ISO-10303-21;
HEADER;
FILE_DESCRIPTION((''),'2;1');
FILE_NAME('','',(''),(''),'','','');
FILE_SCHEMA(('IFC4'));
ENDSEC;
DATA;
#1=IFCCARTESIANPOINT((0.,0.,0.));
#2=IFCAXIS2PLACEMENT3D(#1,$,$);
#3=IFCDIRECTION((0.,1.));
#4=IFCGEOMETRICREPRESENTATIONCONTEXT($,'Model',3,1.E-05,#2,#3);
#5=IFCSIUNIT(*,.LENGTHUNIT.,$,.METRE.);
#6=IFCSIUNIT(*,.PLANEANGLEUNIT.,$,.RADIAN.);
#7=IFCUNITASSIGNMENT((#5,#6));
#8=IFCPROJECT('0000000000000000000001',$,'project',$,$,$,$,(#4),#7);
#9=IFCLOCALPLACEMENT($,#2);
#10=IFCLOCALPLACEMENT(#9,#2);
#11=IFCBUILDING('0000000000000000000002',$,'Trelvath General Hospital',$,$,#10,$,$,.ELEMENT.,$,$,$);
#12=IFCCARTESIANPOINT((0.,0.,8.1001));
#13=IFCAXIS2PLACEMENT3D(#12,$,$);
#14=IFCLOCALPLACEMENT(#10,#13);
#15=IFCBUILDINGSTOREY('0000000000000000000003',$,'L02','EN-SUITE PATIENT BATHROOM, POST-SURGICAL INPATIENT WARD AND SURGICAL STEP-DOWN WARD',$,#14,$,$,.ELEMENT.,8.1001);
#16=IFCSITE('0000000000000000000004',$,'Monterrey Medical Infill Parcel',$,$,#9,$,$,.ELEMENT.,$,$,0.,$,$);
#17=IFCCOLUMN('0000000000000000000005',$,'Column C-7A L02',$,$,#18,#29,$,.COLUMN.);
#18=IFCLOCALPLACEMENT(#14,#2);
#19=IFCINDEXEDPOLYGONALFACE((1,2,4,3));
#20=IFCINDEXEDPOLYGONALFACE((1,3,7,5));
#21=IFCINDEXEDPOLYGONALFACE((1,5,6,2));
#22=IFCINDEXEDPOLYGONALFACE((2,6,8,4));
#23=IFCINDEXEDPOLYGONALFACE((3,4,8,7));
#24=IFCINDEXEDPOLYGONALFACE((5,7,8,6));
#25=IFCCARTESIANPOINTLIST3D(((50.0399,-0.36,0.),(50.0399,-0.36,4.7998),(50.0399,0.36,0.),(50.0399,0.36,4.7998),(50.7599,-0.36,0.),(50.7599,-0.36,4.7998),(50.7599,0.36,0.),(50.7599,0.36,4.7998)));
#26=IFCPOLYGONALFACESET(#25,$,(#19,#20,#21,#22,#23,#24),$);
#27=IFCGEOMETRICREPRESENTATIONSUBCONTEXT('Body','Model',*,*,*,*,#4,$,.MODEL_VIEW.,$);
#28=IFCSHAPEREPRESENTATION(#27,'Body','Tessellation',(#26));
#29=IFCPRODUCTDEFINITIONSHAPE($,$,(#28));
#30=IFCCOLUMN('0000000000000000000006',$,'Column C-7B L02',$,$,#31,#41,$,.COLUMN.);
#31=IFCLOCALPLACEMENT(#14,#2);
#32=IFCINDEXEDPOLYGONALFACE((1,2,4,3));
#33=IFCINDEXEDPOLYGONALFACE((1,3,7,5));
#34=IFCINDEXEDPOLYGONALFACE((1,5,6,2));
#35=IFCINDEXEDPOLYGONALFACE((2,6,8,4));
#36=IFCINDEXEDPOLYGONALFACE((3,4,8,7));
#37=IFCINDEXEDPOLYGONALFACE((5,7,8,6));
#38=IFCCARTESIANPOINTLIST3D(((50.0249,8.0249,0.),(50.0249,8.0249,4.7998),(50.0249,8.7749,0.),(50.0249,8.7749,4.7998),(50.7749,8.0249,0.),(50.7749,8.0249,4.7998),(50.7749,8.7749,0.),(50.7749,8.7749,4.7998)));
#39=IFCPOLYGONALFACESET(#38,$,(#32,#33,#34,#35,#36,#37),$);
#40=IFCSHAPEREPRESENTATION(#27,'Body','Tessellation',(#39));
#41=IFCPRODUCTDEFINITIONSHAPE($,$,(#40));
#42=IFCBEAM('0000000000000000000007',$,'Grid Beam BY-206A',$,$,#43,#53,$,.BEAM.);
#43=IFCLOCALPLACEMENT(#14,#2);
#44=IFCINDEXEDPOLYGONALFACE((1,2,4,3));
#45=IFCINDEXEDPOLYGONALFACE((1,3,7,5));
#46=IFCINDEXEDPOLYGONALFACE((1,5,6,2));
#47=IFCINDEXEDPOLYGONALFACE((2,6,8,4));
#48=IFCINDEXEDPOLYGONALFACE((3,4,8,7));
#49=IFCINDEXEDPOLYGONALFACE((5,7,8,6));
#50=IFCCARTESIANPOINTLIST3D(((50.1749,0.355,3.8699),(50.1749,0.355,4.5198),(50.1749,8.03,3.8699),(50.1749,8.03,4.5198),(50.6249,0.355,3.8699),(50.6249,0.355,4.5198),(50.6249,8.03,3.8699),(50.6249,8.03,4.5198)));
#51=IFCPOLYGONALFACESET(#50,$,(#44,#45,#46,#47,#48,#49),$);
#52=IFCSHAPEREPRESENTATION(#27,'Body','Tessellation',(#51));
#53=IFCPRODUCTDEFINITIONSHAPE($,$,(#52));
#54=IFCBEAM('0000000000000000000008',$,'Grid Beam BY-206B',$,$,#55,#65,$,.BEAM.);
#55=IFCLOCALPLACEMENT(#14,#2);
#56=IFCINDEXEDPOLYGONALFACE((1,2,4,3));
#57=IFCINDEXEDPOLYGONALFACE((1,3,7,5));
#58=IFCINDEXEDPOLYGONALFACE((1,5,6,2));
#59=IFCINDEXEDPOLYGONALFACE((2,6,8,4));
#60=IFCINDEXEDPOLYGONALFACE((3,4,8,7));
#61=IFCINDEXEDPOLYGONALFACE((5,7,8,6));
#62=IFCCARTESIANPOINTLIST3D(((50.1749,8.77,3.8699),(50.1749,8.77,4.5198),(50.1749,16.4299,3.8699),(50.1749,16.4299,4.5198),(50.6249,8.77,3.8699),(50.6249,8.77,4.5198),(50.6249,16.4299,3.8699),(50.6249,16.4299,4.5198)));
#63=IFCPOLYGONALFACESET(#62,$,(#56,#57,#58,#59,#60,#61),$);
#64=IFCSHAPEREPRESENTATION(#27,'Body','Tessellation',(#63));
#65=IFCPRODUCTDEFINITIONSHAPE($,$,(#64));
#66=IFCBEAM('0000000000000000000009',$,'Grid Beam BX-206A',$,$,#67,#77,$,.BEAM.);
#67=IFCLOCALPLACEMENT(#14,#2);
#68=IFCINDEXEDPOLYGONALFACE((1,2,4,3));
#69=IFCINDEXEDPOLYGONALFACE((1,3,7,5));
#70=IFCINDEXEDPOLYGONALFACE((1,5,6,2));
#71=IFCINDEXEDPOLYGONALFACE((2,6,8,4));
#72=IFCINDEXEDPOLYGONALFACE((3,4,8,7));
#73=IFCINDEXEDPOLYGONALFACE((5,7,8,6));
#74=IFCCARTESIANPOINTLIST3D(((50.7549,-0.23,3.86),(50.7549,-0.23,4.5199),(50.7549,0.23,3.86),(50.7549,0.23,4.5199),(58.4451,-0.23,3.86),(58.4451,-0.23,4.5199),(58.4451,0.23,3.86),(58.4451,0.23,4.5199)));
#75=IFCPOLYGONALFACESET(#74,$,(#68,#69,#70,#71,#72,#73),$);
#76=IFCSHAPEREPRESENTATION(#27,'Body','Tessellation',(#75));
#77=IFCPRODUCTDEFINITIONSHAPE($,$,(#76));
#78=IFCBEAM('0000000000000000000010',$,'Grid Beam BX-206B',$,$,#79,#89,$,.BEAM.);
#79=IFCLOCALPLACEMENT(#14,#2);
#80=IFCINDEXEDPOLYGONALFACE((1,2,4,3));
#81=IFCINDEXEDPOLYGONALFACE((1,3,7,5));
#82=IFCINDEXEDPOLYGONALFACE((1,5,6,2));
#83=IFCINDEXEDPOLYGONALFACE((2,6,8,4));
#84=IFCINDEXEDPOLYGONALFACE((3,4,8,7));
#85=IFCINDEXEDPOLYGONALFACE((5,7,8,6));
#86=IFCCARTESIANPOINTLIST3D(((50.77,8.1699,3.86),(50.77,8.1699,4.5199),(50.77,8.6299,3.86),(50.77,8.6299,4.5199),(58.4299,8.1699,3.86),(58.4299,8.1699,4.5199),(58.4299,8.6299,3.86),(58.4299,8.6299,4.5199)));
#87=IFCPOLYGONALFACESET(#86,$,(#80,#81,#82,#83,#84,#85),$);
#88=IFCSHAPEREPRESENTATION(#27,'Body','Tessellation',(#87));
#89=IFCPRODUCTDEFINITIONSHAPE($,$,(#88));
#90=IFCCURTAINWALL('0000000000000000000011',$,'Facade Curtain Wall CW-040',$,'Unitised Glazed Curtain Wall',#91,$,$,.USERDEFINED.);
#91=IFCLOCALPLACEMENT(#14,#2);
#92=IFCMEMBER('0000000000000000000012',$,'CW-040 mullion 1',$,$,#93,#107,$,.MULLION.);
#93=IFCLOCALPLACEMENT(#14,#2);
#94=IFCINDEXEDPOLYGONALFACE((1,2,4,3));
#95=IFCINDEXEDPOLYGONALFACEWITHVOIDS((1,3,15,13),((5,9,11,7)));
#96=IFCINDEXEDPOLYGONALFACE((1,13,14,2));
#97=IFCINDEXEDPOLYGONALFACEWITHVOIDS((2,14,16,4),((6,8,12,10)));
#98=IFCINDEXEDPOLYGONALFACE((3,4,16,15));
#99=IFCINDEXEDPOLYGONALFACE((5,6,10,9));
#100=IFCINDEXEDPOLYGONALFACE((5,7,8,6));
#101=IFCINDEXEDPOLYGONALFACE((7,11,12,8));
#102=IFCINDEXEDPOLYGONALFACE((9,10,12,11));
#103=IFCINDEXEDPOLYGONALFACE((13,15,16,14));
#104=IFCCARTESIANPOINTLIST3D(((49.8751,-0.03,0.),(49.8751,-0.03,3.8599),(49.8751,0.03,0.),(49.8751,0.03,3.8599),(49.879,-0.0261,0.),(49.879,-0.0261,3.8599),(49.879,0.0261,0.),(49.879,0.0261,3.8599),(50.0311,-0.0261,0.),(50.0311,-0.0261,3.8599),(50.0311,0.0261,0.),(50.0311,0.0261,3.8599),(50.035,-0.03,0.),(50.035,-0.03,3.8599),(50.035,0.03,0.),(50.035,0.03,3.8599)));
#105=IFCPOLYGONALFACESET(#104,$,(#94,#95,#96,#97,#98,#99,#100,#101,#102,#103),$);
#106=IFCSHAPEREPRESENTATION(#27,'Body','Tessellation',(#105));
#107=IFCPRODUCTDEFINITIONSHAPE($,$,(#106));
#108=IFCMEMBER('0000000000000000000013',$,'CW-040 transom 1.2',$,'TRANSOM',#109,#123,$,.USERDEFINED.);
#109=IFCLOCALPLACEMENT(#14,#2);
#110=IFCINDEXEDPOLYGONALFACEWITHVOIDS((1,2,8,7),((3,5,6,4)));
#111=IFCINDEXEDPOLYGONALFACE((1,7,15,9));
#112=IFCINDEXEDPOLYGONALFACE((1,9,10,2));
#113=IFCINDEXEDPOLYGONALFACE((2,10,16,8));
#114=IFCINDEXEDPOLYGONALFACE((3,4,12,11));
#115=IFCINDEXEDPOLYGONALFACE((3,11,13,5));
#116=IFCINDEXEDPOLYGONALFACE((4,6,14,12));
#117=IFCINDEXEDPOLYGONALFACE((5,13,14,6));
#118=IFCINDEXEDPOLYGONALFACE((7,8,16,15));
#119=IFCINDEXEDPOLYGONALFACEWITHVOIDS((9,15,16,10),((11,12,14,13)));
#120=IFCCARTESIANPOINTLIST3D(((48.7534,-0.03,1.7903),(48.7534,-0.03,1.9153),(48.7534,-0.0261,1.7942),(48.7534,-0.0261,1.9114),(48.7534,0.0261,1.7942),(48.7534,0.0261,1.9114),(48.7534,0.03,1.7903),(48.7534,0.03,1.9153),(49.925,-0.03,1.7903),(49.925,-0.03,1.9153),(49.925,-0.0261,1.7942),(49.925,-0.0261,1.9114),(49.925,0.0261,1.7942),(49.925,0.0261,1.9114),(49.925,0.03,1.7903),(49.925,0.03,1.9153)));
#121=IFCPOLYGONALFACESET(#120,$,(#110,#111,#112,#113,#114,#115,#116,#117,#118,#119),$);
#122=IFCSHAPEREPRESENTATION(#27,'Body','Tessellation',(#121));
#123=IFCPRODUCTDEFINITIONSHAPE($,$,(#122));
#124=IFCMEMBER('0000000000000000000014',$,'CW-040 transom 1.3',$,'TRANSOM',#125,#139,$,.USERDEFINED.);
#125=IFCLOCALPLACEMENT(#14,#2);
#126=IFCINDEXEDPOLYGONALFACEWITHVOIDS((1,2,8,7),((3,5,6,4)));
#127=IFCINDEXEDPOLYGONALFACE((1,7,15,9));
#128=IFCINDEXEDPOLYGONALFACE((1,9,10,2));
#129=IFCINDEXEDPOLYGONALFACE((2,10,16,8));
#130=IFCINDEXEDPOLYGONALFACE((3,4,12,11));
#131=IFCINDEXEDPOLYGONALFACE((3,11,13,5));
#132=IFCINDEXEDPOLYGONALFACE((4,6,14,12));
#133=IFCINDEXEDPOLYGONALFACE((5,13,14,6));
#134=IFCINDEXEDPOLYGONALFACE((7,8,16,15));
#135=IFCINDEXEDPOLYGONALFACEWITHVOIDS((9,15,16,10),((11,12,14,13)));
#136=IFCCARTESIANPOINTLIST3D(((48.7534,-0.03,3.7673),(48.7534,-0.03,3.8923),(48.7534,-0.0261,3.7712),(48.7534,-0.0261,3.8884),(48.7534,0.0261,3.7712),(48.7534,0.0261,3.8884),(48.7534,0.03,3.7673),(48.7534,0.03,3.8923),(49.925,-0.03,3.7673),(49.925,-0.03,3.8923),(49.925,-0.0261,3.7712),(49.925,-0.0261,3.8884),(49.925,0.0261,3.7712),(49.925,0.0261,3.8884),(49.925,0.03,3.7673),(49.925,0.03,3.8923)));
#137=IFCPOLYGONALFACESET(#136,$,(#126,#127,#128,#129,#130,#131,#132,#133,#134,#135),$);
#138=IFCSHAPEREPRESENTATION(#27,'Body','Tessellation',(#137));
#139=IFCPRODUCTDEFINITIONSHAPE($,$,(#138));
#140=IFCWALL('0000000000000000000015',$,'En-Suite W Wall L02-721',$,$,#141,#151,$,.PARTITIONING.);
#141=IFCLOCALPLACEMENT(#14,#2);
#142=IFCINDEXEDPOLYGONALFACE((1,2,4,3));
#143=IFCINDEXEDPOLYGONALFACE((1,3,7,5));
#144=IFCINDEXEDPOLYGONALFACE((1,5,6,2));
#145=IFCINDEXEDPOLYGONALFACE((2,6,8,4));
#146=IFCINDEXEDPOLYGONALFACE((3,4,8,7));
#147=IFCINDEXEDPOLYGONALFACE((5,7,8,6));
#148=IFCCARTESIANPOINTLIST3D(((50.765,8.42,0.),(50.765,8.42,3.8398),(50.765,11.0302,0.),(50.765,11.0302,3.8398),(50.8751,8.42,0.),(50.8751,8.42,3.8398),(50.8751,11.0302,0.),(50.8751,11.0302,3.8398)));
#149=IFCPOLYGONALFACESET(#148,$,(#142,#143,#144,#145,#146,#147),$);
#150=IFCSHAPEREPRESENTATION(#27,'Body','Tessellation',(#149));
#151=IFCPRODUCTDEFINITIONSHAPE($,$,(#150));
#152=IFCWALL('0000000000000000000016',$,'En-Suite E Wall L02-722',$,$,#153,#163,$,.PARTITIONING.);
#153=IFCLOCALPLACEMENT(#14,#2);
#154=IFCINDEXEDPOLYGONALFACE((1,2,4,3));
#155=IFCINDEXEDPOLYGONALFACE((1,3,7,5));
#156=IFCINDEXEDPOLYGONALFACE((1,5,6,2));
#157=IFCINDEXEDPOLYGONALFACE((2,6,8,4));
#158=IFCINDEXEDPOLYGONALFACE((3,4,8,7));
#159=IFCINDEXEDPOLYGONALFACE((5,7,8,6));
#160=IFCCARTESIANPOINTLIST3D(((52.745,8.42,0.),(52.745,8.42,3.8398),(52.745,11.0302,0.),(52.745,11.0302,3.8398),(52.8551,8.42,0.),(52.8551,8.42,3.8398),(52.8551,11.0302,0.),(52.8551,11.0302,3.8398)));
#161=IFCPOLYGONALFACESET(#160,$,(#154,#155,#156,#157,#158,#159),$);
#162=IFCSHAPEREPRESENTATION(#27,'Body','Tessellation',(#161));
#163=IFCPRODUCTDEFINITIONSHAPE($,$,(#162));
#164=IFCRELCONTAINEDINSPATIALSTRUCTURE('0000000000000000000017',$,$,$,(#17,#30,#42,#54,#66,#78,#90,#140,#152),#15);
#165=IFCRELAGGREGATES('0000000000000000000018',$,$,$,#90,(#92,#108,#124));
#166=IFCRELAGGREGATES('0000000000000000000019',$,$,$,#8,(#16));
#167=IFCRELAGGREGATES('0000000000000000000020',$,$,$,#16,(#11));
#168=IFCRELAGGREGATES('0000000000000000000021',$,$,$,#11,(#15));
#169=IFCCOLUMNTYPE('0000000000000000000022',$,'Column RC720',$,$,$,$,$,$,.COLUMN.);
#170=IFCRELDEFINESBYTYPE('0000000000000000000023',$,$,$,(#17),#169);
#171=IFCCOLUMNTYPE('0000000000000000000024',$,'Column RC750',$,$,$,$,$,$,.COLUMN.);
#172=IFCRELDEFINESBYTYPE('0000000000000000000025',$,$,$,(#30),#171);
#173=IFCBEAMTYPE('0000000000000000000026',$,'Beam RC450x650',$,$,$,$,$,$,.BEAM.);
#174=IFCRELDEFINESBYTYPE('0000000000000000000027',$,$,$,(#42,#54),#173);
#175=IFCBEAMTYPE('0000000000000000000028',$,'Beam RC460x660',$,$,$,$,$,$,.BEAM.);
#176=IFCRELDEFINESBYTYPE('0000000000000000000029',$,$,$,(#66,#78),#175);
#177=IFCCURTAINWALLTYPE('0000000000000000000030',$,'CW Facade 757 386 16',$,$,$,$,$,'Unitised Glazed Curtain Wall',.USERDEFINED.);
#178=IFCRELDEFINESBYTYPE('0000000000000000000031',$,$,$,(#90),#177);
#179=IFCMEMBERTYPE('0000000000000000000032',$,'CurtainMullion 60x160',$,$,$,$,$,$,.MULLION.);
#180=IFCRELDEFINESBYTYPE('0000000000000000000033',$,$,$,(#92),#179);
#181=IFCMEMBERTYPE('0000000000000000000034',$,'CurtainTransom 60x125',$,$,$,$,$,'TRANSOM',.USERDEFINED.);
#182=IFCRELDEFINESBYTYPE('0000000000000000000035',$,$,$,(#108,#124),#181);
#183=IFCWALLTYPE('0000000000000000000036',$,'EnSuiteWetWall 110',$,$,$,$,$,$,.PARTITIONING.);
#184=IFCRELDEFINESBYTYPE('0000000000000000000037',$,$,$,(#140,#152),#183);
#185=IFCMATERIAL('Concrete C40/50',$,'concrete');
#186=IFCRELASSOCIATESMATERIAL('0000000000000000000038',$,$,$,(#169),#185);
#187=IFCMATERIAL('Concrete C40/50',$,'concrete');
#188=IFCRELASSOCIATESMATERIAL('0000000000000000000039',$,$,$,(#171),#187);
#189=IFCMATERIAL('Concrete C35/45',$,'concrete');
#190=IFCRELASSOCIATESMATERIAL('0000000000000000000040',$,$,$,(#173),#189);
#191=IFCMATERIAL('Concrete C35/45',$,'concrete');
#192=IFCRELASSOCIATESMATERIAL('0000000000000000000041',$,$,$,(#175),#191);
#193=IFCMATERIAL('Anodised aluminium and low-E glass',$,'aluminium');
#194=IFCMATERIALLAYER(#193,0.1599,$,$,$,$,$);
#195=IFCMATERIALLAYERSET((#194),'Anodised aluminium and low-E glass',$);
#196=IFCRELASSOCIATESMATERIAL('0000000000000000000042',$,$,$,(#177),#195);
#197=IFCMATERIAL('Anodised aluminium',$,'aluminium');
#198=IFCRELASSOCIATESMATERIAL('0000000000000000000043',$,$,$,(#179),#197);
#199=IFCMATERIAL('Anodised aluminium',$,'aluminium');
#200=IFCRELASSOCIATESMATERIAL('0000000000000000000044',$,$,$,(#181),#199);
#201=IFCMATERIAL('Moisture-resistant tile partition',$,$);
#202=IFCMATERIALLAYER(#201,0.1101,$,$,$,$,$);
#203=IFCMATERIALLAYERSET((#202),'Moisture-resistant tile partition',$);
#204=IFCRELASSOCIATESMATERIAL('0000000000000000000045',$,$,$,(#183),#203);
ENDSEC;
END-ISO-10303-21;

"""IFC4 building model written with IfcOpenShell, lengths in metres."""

from ifc_helpers import new_model, si_unit, direction, frame, frame_2d, origin, origin_2d, place, context, subcontext, project, spatial, rectangle, hollow_rectangle, extrude, material, layer, layer_set, material_profile, profile_set, type_object, element, aggregate, save


model = new_model("IFC4")

# Units and contexts
model_context = context("Model", 3, precision=1e-05, world=origin(), true_north=direction((0.0, 1.0)))
body_context = subcontext(model_context, "Body", "Model", "MODEL_VIEW")
ifc_project = project(units=[si_unit("LENGTHUNIT", "METRE"), si_unit("PLANEANGLEUNIT", "RADIAN")], contexts=[model_context])

# Site, building, storey
site_placement = place(None, origin())
site = spatial("IfcSite", under=ifc_project, at=site_placement, Name="Monterrey Medical Infill Parcel", CompositionType="ELEMENT", RefElevation=0.0)
building_placement = place(site_placement, origin())
building = spatial("IfcBuilding", under=site, at=building_placement, Name="Trelvath General Hospital", CompositionType="ELEMENT")
storey_placement = place(building_placement, frame((0.0, 0.0, 8.1001)))
storey = spatial("IfcBuildingStorey", under=building, at=storey_placement, Name="L02", Description="EN-SUITE PATIENT BATHROOM, POST-SURGICAL INPATIENT WARD AND SURGICAL STEP-DOWN WARD", CompositionType="ELEMENT", Elevation=8.1001)

# Columns
ifc_material_1 = material(Name="Concrete C40/50", Category="concrete")
ifc_material_profile_1 = material_profile(ifc_material_1, rectangle(XDim=0.72, YDim=0.72, at=origin_2d()), Name="RC720x720")
ifc_profile_set_1 = profile_set([ifc_material_profile_1], Name="Concrete C40/50")
column_type_1 = type_object("IfcColumnType", Name="Column RC720", PredefinedType="COLUMN", material=ifc_profile_set_1)
column_1_placement = place(storey_placement, frame((50.3999, 0.0, 0.0), z_axis=(0.0, 0.0, 1.0), x_axis=(1.0, 0.0, 0.0)))
element("IfcColumn", 1, at=column_1_placement, inside=storey, type_object=column_type_1, Name="Column C-7A L02", PredefinedType="COLUMN", context=body_context, shape_type="SweptSolid", body=[
    extrude(rectangle(XDim=0.72, YDim=0.72, at=origin_2d()), origin(), (0.0, 0.0, 1.0), 4.7998),
])
ifc_material_2 = material(Name="Concrete C40/50", Category="concrete")
ifc_material_profile_2 = material_profile(ifc_material_2, rectangle(XDim=0.75, YDim=0.75, at=origin_2d()), Name="RC750x750")
ifc_profile_set_2 = profile_set([ifc_material_profile_2], Name="Concrete C40/50")
column_type_2 = type_object("IfcColumnType", Name="Column RC750", PredefinedType="COLUMN", material=ifc_profile_set_2)
column_2_placement = place(storey_placement, frame((50.3999, 8.3999, 0.0), z_axis=(0.0, 0.0, 1.0), x_axis=(1.0, 0.0, 0.0)))
element("IfcColumn", 2, at=column_2_placement, inside=storey, type_object=column_type_2, Name="Column C-7B L02", PredefinedType="COLUMN", context=body_context, shape_type="SweptSolid", body=[
    extrude(rectangle(XDim=0.75, YDim=0.75, at=origin_2d()), origin(), (0.0, 0.0, 1.0), 4.7998),
])

# Beams
ifc_material_3 = material(Name="Concrete C35/45", Category="concrete")
ifc_material_profile_3 = material_profile(ifc_material_3, rectangle(XDim=0.45, YDim=0.6499, at=origin_2d()), Name="RCB450x650")
ifc_profile_set_3 = profile_set([ifc_material_profile_3], Name="Concrete C35/45")
beam_type_1 = type_object("IfcBeamType", Name="Beam RC450x650", PredefinedType="BEAM", material=ifc_profile_set_3)
beam_1_placement = place(storey_placement, frame((50.3999, 0.355, 4.1948), z_axis=(0.0, 1.0, 0.0), x_axis=(-1.0, 0.0, 0.0)))
element("IfcBeam", 3, at=beam_1_placement, inside=storey, type_object=beam_type_1, Name="Grid Beam BY-206A", PredefinedType="BEAM", context=body_context, shape_type="SweptSolid", body=[
    extrude(rectangle(XDim=0.45, YDim=0.6499, at=origin_2d()), origin(), (0.0, 0.0, 1.0), 7.675),
])
beam_2_placement = place(storey_placement, frame((50.3999, 8.77, 4.1948), z_axis=(0.0, 1.0, 0.0), x_axis=(-1.0, 0.0, 0.0)))
element("IfcBeam", 4, at=beam_2_placement, inside=storey, type_object=beam_type_1, Name="Grid Beam BY-206B", PredefinedType="BEAM", context=body_context, shape_type="SweptSolid", body=[
    extrude(rectangle(XDim=0.45, YDim=0.6499, at=origin_2d()), origin(), (0.0, 0.0, 1.0), 7.6599),
])
ifc_material_4 = material(Name="Concrete C35/45", Category="concrete")
ifc_material_profile_4 = material_profile(ifc_material_4, rectangle(XDim=0.46, YDim=0.6599, at=origin_2d()), Name="RCB460x660")
ifc_profile_set_4 = profile_set([ifc_material_profile_4], Name="Concrete C35/45")
beam_type_2 = type_object("IfcBeamType", Name="Beam RC460x660", PredefinedType="BEAM", material=ifc_profile_set_4)
beam_3_placement = place(storey_placement, frame((50.7549, 0.0, 4.1899), z_axis=(1.0, 0.0, 0.0), x_axis=(0.0, 1.0, 0.0)))
element("IfcBeam", 5, at=beam_3_placement, inside=storey, type_object=beam_type_2, Name="Grid Beam BX-206A", PredefinedType="BEAM", context=body_context, shape_type="SweptSolid", body=[
    extrude(rectangle(XDim=0.46, YDim=0.6599, at=origin_2d()), origin(), (0.0, 0.0, 1.0), 7.6902),
])
beam_4_placement = place(storey_placement, frame((50.77, 8.3999, 4.1899), z_axis=(1.0, 0.0, 0.0), x_axis=(0.0, 1.0, 0.0)))
element("IfcBeam", 6, at=beam_4_placement, inside=storey, type_object=beam_type_2, Name="Grid Beam BX-206B", PredefinedType="BEAM", context=body_context, shape_type="SweptSolid", body=[
    extrude(rectangle(XDim=0.46, YDim=0.6599, at=origin_2d()), origin(), (0.0, 0.0, 1.0), 7.6599),
])

# Curtain wall, members
ifc_material_5 = material(Name="Anodised aluminium and low-E glass", Category="aluminium")
ifc_layer_1 = layer(ifc_material_5, 0.1599)
ifc_layer_set_1 = layer_set([ifc_layer_1], Name="Anodised aluminium and low-E glass")
curtain_wall_type = type_object("IfcCurtainWallType", Name="CW Facade 757 386 16", ElementType="Unitised Glazed Curtain Wall", PredefinedType="USERDEFINED", material=ifc_layer_set_1)
curtain_wall_placement = place(storey_placement, origin())
curtain_wall = element("IfcCurtainWall", 7, at=curtain_wall_placement, inside=storey, type_object=curtain_wall_type, Name="Facade Curtain Wall CW-040", ObjectType="Unitised Glazed Curtain Wall", PredefinedType="USERDEFINED")
ifc_material_6 = material(Name="Anodised aluminium", Category="aluminium")
ifc_material_profile_5 = material_profile(ifc_material_6, hollow_rectangle(XDim=0.0601, YDim=0.1599, WallThickness=0.0039, at=origin_2d()), Name="RHS60x160x4")
ifc_profile_set_5 = profile_set([ifc_material_profile_5], Name="Anodised aluminium")
member_type_1 = type_object("IfcMemberType", Name="CurtainMullion 60x160", PredefinedType="MULLION", material=ifc_profile_set_5)
member_1_placement = place(storey_placement, frame((49.9551, 0.0, 0.0), z_axis=(0.0, 0.0, 1.0), x_axis=(0.0, -1.0, 0.0)))
member_1 = element("IfcMember", 8, at=member_1_placement, type_object=member_type_1, Name="CW-040 mullion 1", PredefinedType="MULLION", context=body_context, shape_type="SweptSolid", body=[
    extrude(hollow_rectangle(XDim=0.0601, YDim=0.1599, WallThickness=0.0039, at=origin_2d()), origin(), (0.0, 0.0, 1.0), 3.8599),
])
ifc_material_7 = material(Name="Anodised aluminium", Category="aluminium")
ifc_material_profile_6 = material_profile(ifc_material_7, hollow_rectangle(XDim=0.0601, YDim=0.125, WallThickness=0.0039, at=origin_2d()), Name="RHS60x125x4")
ifc_profile_set_6 = profile_set([ifc_material_profile_6], Name="Anodised aluminium")
member_type_2 = type_object("IfcMemberType", Name="CurtainTransom 60x125", ElementType="TRANSOM", PredefinedType="USERDEFINED", material=ifc_profile_set_6)
member_2_placement = place(storey_placement, frame((49.925, 0.0, 1.8528), z_axis=(-1.0, 0.0, 0.0), x_axis=(0.0, -1.0, 0.0)))
member_2 = element("IfcMember", 9, at=member_2_placement, type_object=member_type_2, Name="CW-040 transom 1.2", ObjectType="TRANSOM", PredefinedType="USERDEFINED", context=body_context, shape_type="SweptSolid", body=[
    extrude(hollow_rectangle(XDim=0.0601, YDim=0.125, WallThickness=0.0039, at=origin_2d()), origin(), (0.0, 0.0, 1.0), 1.1716),
])
member_3_placement = place(storey_placement, frame((49.925, 0.0, 3.8298), z_axis=(-1.0, 0.0, 0.0), x_axis=(0.0, -1.0, 0.0)))
member_3 = element("IfcMember", 10, at=member_3_placement, type_object=member_type_2, Name="CW-040 transom 1.3", ObjectType="TRANSOM", PredefinedType="USERDEFINED", context=body_context, shape_type="SweptSolid", body=[
    extrude(hollow_rectangle(XDim=0.0601, YDim=0.125, WallThickness=0.0039, at=origin_2d()), origin(), (0.0, 0.0, 1.0), 1.1716),
])
aggregate(curtain_wall, [member_1, member_2, member_3])

# Walls
ifc_material_8 = material(Name="Moisture-resistant tile partition")
ifc_layer_2 = layer(ifc_material_8, 0.1101)
ifc_layer_set_2 = layer_set([ifc_layer_2], Name="Moisture-resistant tile partition")
wall_type_1 = type_object("IfcWallType", Name="EnSuiteWetWall 110", PredefinedType="PARTITIONING", material=ifc_layer_set_2)
for number, where, z_axis, x_axis, name in (
    (11, (50.8201, 8.4199, 0.0), (0.0, 0.0, 1.0), (0.0, 1.0, 0.0), "En-Suite W Wall L02-721"),
    (12, (52.8, 8.4199, 0.0), (0.0, 0.0, 1.0), (0.0, 1.0, 0.0), "En-Suite E Wall L02-722"),
):
    element("IfcWall", number, at=place(storey_placement, frame(where, z_axis=z_axis, x_axis=x_axis)), inside=storey, type_object=wall_type_1, Name=name, PredefinedType="PARTITIONING", context=body_context, shape_type="SweptSolid", body=[
        extrude(rectangle(XDim=2.6101, YDim=0.1101, at=frame_2d((1.3052, 0.0))), origin(), (0.0, 0.0, 1.0), 3.8398),
    ])

save(model, "model.ifc")
